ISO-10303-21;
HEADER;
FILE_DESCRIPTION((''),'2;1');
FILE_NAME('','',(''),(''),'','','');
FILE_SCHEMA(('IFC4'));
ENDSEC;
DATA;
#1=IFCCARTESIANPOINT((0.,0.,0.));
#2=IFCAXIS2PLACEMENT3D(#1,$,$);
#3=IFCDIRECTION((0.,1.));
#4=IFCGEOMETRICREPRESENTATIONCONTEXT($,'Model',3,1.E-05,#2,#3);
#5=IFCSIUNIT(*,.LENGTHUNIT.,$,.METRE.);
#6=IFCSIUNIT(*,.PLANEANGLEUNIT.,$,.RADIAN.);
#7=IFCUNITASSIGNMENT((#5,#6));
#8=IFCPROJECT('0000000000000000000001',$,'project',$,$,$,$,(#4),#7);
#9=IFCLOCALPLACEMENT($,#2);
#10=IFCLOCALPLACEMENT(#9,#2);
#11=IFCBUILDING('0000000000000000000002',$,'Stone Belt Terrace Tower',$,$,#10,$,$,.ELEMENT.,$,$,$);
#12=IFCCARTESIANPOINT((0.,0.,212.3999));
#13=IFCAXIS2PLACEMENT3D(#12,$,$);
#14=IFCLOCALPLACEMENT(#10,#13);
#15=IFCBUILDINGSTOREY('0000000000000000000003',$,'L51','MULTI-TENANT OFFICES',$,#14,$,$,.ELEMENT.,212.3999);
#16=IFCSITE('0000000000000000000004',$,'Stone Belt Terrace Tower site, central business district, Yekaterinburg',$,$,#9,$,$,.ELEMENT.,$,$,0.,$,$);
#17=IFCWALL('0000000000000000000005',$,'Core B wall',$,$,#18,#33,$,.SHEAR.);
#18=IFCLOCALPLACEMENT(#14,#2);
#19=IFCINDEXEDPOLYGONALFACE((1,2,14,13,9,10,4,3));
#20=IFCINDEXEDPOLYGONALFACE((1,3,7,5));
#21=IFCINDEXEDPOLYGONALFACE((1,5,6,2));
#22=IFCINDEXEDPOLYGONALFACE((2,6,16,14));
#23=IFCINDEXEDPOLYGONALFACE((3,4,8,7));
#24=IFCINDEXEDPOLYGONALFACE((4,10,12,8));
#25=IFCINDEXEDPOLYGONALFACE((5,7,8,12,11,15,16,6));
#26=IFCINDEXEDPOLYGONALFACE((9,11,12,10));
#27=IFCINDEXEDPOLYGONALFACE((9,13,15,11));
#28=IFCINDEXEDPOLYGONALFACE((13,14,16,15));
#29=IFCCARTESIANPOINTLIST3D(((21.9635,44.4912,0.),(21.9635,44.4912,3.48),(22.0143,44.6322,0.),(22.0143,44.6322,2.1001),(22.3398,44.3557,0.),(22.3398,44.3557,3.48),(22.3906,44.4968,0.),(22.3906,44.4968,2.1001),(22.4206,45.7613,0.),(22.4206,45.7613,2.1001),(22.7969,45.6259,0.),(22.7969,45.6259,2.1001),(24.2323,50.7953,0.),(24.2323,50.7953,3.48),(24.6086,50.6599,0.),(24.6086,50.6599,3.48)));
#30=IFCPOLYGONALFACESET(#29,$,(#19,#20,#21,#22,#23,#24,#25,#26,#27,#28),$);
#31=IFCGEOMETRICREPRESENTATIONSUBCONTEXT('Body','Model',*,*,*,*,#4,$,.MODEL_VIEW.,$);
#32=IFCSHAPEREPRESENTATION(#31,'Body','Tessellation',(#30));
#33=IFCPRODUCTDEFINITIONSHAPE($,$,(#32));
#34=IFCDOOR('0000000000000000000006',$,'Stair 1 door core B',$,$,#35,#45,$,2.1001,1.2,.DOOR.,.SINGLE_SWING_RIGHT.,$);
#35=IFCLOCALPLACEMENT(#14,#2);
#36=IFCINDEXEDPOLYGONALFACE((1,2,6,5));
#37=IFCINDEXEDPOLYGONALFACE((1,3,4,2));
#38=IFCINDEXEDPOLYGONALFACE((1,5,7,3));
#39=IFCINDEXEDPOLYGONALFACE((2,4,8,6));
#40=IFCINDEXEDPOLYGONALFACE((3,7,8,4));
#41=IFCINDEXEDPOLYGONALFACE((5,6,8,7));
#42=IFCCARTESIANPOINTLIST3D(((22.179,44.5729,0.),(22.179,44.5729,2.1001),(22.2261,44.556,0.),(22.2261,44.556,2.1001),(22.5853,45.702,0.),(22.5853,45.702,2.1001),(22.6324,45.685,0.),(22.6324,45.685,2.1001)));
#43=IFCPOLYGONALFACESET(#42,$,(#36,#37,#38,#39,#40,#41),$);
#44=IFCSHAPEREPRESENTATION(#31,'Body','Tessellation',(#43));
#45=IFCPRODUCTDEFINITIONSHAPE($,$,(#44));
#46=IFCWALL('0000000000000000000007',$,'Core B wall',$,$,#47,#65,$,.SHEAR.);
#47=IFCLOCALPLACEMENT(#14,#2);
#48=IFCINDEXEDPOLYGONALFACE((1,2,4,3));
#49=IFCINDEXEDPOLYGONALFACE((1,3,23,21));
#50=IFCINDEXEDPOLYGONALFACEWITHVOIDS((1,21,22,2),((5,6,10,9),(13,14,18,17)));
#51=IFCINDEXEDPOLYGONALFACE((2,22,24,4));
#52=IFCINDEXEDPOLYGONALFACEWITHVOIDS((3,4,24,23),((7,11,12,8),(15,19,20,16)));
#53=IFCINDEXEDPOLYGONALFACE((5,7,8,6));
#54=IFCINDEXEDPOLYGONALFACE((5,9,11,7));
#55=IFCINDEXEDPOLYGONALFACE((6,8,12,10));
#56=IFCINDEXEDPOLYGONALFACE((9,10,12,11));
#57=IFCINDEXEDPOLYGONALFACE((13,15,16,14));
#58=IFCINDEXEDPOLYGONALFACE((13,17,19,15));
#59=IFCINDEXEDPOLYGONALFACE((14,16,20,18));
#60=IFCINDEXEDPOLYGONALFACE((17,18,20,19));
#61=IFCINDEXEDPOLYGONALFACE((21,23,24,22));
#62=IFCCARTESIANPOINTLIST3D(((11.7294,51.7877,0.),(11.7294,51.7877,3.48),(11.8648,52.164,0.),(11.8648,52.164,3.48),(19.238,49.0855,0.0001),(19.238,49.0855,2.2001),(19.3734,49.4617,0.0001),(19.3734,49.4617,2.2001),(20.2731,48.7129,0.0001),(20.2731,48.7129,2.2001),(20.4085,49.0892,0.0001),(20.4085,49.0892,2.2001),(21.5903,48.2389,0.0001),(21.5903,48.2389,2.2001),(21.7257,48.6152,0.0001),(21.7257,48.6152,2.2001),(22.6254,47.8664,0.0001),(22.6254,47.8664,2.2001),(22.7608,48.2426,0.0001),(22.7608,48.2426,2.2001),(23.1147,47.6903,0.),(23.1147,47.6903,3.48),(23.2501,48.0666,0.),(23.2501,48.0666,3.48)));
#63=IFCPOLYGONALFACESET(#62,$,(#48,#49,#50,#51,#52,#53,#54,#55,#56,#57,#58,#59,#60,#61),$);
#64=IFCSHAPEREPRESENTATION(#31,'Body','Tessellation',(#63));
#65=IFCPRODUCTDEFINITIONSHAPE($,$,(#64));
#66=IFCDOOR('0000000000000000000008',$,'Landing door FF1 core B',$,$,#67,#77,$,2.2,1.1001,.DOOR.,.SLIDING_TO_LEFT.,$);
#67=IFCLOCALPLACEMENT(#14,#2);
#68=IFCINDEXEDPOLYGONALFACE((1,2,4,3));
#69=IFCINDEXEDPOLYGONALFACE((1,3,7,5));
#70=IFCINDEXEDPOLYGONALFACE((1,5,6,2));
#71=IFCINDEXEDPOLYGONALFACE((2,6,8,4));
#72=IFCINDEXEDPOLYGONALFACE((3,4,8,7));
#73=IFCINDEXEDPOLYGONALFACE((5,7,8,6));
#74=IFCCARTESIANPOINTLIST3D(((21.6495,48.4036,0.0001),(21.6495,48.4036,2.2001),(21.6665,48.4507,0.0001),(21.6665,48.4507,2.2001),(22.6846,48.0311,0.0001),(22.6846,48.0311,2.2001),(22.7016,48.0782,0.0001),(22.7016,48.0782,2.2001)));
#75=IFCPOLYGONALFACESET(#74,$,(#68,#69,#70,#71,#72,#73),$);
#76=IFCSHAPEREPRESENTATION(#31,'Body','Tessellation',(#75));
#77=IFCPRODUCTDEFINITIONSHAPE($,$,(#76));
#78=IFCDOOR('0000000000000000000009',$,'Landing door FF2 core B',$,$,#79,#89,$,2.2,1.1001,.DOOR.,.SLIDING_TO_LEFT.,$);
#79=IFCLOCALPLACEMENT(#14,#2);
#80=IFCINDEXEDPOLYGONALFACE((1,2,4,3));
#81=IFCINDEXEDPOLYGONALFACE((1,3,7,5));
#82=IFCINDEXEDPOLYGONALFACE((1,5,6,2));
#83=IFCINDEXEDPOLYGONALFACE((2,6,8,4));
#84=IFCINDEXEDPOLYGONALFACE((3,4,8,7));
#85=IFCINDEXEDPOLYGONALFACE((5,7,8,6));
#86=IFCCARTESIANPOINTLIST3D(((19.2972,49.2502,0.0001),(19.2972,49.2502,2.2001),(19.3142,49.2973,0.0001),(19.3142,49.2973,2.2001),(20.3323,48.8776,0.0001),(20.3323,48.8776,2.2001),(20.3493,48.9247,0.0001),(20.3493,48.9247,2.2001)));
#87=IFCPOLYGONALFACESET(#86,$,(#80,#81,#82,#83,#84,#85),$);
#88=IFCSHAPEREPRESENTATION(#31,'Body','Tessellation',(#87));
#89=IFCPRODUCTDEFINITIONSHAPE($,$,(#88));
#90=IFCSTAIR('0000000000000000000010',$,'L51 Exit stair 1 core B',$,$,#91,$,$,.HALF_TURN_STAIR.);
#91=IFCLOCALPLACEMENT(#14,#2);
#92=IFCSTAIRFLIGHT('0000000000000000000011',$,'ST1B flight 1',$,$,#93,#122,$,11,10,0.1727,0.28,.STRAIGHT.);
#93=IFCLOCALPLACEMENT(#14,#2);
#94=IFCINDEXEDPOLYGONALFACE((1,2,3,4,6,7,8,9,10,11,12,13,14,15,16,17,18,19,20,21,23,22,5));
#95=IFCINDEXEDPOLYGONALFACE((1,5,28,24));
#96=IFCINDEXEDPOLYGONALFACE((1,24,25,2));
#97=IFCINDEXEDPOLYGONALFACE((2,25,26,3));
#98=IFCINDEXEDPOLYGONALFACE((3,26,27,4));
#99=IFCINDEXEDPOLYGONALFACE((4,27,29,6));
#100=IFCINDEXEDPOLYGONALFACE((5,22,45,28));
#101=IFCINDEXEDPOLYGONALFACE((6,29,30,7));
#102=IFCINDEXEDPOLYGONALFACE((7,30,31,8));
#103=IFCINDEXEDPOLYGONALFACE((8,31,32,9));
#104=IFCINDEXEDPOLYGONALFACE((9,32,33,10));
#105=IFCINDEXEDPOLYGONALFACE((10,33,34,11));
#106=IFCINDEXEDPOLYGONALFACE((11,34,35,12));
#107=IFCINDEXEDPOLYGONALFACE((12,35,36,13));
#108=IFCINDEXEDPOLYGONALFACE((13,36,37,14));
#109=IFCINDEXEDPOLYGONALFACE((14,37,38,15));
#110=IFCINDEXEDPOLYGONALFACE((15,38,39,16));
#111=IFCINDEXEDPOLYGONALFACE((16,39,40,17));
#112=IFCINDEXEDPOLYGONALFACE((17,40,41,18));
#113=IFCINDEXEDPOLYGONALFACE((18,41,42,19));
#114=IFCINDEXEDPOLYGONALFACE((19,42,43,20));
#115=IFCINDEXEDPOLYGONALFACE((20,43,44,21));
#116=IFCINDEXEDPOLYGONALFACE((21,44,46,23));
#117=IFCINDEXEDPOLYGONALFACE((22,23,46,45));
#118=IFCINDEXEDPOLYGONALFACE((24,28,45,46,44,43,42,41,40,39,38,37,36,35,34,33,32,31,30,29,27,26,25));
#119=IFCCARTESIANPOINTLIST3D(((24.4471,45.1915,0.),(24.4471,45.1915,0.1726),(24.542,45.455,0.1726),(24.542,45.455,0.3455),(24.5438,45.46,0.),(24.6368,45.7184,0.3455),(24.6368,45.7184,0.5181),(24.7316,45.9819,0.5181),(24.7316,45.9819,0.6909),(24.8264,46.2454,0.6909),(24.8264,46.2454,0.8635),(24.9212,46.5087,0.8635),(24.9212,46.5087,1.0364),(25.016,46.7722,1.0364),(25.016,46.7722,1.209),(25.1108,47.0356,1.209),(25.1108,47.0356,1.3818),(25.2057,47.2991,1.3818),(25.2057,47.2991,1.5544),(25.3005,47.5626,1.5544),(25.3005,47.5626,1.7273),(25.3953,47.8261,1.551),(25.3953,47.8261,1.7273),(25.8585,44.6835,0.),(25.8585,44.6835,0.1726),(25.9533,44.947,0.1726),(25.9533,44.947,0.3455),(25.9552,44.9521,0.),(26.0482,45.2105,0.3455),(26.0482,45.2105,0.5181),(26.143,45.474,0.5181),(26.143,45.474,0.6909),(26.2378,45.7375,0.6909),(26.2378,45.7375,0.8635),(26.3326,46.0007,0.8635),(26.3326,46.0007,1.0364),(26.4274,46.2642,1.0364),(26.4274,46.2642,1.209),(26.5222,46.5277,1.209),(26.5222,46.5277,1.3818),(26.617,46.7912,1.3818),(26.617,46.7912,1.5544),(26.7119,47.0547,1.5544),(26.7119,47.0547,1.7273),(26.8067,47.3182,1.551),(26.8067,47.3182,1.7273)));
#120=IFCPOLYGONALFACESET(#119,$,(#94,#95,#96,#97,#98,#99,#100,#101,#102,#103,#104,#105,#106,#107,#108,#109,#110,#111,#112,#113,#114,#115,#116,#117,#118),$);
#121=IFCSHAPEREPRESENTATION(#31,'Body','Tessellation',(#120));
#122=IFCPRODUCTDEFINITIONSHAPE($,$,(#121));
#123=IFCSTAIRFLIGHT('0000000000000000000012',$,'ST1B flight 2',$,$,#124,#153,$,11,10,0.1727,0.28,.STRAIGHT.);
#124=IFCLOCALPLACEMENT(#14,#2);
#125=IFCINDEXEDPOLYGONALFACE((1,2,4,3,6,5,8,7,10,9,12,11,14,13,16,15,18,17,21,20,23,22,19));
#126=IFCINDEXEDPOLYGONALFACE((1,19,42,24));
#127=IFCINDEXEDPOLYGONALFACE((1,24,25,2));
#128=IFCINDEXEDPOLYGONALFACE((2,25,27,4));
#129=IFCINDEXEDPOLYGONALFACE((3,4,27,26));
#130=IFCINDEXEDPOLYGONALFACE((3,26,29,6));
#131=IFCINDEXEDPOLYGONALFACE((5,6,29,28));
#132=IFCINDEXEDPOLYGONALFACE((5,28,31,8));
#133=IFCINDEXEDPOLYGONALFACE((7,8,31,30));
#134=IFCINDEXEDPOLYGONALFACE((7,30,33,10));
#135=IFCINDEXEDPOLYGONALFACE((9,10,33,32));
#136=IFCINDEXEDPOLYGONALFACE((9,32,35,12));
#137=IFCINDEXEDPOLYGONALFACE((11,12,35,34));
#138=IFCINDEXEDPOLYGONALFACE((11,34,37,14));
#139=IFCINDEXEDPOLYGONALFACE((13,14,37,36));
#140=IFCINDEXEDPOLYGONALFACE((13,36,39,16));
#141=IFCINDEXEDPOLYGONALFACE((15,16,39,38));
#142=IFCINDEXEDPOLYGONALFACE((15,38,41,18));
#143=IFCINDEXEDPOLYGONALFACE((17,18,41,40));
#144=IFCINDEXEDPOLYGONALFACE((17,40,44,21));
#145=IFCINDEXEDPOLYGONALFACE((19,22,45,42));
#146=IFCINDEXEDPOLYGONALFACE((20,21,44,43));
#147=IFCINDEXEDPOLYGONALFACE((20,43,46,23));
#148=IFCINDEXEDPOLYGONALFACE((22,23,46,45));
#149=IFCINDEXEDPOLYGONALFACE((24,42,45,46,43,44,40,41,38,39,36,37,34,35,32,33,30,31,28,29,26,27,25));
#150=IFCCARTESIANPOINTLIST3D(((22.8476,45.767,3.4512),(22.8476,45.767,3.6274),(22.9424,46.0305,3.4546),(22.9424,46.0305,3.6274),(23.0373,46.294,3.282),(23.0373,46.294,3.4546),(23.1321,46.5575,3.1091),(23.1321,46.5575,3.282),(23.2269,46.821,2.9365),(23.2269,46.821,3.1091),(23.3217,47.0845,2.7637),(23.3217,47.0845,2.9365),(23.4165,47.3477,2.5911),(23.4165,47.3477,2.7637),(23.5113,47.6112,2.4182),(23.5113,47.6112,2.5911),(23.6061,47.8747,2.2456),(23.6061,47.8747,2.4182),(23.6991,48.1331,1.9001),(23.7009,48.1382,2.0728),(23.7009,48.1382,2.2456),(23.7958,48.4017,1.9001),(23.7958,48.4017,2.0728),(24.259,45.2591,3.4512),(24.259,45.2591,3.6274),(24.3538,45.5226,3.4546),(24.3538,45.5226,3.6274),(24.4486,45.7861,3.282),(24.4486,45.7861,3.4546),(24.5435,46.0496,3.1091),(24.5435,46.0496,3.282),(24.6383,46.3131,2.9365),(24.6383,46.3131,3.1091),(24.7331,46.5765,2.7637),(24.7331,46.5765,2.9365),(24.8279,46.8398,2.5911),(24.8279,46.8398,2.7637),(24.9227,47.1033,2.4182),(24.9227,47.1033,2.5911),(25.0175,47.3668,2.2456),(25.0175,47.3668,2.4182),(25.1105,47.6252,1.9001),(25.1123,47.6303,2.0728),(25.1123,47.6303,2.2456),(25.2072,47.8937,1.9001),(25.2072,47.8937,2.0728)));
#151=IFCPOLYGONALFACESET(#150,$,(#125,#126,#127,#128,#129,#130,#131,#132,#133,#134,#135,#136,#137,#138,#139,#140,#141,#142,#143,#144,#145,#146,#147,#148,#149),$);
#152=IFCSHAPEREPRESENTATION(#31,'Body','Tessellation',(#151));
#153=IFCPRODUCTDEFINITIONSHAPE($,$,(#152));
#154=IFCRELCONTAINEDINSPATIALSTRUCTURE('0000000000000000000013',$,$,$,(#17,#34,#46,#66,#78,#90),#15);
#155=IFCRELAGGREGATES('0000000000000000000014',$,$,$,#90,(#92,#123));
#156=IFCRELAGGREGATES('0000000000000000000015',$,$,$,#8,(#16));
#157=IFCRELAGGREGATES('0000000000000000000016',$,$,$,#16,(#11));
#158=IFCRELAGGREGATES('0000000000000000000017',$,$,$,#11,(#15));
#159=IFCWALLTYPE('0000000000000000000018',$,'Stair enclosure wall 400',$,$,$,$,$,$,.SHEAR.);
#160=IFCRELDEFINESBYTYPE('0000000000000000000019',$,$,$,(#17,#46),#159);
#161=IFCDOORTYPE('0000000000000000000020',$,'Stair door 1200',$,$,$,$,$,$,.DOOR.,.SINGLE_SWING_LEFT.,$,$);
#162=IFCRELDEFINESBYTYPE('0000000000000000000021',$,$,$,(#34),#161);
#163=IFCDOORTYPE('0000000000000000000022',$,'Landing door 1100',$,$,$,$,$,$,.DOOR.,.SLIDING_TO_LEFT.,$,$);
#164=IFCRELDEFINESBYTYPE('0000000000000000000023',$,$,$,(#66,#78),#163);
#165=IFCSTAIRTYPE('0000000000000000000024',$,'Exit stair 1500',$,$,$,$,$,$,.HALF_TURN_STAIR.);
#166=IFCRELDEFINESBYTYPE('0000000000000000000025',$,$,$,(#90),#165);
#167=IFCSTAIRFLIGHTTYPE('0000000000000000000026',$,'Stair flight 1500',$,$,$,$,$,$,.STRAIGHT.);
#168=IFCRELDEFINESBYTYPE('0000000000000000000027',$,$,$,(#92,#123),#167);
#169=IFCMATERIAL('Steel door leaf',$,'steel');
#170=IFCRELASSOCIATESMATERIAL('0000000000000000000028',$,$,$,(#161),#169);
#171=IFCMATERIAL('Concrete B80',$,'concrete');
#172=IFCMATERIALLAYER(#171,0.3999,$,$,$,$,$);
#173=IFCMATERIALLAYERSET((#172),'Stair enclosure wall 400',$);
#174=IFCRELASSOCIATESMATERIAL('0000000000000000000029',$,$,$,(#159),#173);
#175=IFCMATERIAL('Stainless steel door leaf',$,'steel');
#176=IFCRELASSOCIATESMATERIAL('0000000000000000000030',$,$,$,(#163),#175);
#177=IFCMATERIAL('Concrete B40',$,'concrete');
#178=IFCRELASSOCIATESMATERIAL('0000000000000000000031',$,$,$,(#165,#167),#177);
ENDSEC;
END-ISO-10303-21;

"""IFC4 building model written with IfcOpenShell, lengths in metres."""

from ifc_helpers import new_model, si_unit, direction, frame, frame_2d, origin, place, context, subcontext, project, spatial, polyline, rectangle, outline, extrude, material, layer, layer_set, type_object, element, fill, aggregate, save


model = new_model("IFC4")

# Units and contexts
model_context = context("Model", 3, precision=1e-05, world=origin(), true_north=direction((0.0, 1.0)))
body_context = subcontext(model_context, "Body", "Model", "MODEL_VIEW")
ifc_project = project(units=[si_unit("LENGTHUNIT", "METRE"), si_unit("PLANEANGLEUNIT", "RADIAN")], contexts=[model_context])

# Site, building, storey
site_placement = place(None, origin())
site = spatial("IfcSite", under=ifc_project, at=site_placement, Name="Stone Belt Terrace Tower site, central business district, Yekaterinburg", CompositionType="ELEMENT", RefElevation=0.0)
building_placement = place(site_placement, origin())
building = spatial("IfcBuilding", under=site, at=building_placement, Name="Stone Belt Terrace Tower", CompositionType="ELEMENT")
storey_placement = place(building_placement, frame((0.0, 0.0, 212.3999)))
storey = spatial("IfcBuildingStorey", under=building, at=storey_placement, Name="L51", Description="MULTI-TENANT OFFICES", CompositionType="ELEMENT", Elevation=212.3999)

# Wall, opening, door
ifc_material_1 = material(Name="Steel door leaf", Category="steel")
door_type_1 = type_object("IfcDoorType", Name="Stair door 1200", OperationType="SINGLE_SWING_LEFT", PredefinedType="DOOR", material=ifc_material_1)
ifc_material_2 = material(Name="Concrete B80", Category="concrete")
ifc_layer_1 = layer(ifc_material_2, 0.3999)
ifc_layer_set_1 = layer_set([ifc_layer_1], Name="Stair enclosure wall 400")
wall_type_1 = type_object("IfcWallType", Name="Stair enclosure wall 400", PredefinedType="SHEAR", material=ifc_layer_set_1)
wall_1_placement = place(storey_placement, frame((22.1516, 44.4233, 0.0), z_axis=(0.0, 0.0, 1.0), x_axis=(0.338625, 0.940921, 0.0)))
wall_1 = element("IfcWall", 1, at=wall_1_placement, inside=storey, type_object=wall_type_1, Name="Core B wall", PredefinedType="SHEAR", context=body_context, shape_type="SweptSolid", body=[
    extrude(rectangle(XDim=6.7, YDim=0.3999, at=frame_2d((3.3501, 0.0))), origin(), (0.0, 0.0, 1.0), 3.48),
])
opening_1_placement = place(wall_1_placement, frame((0.1499, 0.0, 0.0)))
opening_1 = element("IfcOpeningElement", 2, at=opening_1_placement, cuts=wall_1, PredefinedType="OPENING", context=body_context, shape_type="SweptSolid", body=[
    extrude(rectangle(XDim=1.2, YDim=2.1001, at=frame_2d((0.6001, 1.05))), frame((0.0, 0.21, 0.0), z_axis=(0.0, -1.0, 0.0), x_axis=(1.0, 0.0, 0.0)), (0.0, 0.0, 1.0), 0.4199),
])
door_1_placement = place(opening_1_placement, origin())
door_1 = element("IfcDoor", 3, at=door_1_placement, inside=storey, type_object=door_type_1, Name="Stair 1 door core B", OperationType="SINGLE_SWING_RIGHT", OverallHeight=2.1001, OverallWidth=1.2, PredefinedType="DOOR", context=body_context, shape_type="SweptSolid", body=[
    extrude(rectangle(XDim=1.2, YDim=2.1001, at=frame_2d((0.6001, 1.05))), frame((0.0, 0.0249, 0.0), z_axis=(0.0, -1.0, 0.0), x_axis=(1.0, 0.0, 0.0)), (0.0, 0.0, 1.0), 0.05),
])
fill(opening_1, door_1)

# Wall, openings, doors
wall_2_placement = place(storey_placement, frame((23.1824, 47.8784, 0.0), z_axis=(0.0, 0.0, 1.0), x_axis=(-0.940921, 0.338626, 0.0)))
wall_2 = element("IfcWall", 4, at=wall_2_placement, inside=storey, type_object=wall_type_1, Name="Core B wall", PredefinedType="SHEAR", context=body_context, shape_type="SweptSolid", body=[
    extrude(rectangle(XDim=12.1001, YDim=0.3999, at=frame_2d((6.05, 0.0))), origin(), (0.0, 0.0, 1.0), 3.48),
])
opening_2_placement = place(wall_2_placement, frame((0.52, 0.0, 0.0)))
opening_2 = element("IfcOpeningElement", 5, at=opening_2_placement, cuts=wall_2, PredefinedType="OPENING", context=body_context, shape_type="SweptSolid", body=[
    extrude(rectangle(XDim=1.1001, YDim=2.2, at=frame_2d((0.55, 1.1001))), frame((0.0, 0.21, 0.0), z_axis=(0.0, -1.0, 0.0), x_axis=(1.0, 0.0, 0.0)), (0.0, 0.0, 1.0), 0.4199),
])
opening_3_placement = place(wall_2_placement, frame((3.02, 0.0, 0.0)))
opening_3 = element("IfcOpeningElement", 6, at=opening_3_placement, cuts=wall_2, PredefinedType="OPENING", context=body_context, shape_type="SweptSolid", body=[
    extrude(rectangle(XDim=1.1001, YDim=2.2, at=frame_2d((0.55, 1.1001))), frame((0.0, 0.21, 0.0), z_axis=(0.0, -1.0, 0.0), x_axis=(1.0, 0.0, 0.0)), (0.0, 0.0, 1.0), 0.4199),
])
ifc_material_3 = material(Name="Stainless steel door leaf", Category="steel")
door_type_2 = type_object("IfcDoorType", Name="Landing door 1100", OperationType="SLIDING_TO_LEFT", PredefinedType="DOOR", material=ifc_material_3)
door_2_placement = place(opening_2_placement, origin())
door_2 = element("IfcDoor", 7, at=door_2_placement, inside=storey, type_object=door_type_2, Name="Landing door FF1 core B", OperationType="SLIDING_TO_LEFT", OverallHeight=2.2, OverallWidth=1.1001, PredefinedType="DOOR", context=body_context, shape_type="SweptSolid", body=[
    extrude(rectangle(XDim=1.1001, YDim=2.2, at=frame_2d((0.55, 1.1001))), frame((0.0, 0.0249, 0.0), z_axis=(0.0, -1.0, 0.0), x_axis=(1.0, 0.0, 0.0)), (0.0, 0.0, 1.0), 0.05),
])
fill(opening_2, door_2)
door_3_placement = place(opening_3_placement, origin())
door_3 = element("IfcDoor", 8, at=door_3_placement, inside=storey, type_object=door_type_2, Name="Landing door FF2 core B", OperationType="SLIDING_TO_LEFT", OverallHeight=2.2, OverallWidth=1.1001, PredefinedType="DOOR", context=body_context, shape_type="SweptSolid", body=[
    extrude(rectangle(XDim=1.1001, YDim=2.2, at=frame_2d((0.55, 1.1001))), frame((0.0, 0.0249, 0.0), z_axis=(0.0, -1.0, 0.0), x_axis=(1.0, 0.0, 0.0)), (0.0, 0.0, 1.0), 0.05),
])
fill(opening_3, door_3)

# Stair, stair flights
ifc_material_4 = material(Name="Concrete B40", Category="concrete")
stair_type = type_object("IfcStairType", Name="Exit stair 1500", PredefinedType="HALF_TURN_STAIR", material=ifc_material_4)
stair_placement = place(storey_placement, origin())
stair = element("IfcStair", 9, at=stair_placement, inside=storey, type_object=stair_type, Name="L51 Exit stair 1 core B", PredefinedType="HALF_TURN_STAIR")
stair_flight_type = type_object("IfcStairFlightType", Name="Stair flight 1500", PredefinedType="STRAIGHT", material=ifc_material_4)
stair_flight_1_placement = place(storey_placement, frame((25.1528, 44.9375, 0.0), z_axis=(0.0, 0.0, 1.0), x_axis=(0.338624, 0.940922, 0.0)))
stair_flight_1 = element("IfcStairFlight", 10, at=stair_flight_1_placement, type_object=stair_flight_type, Name="ST1B flight 1", NumberOfRisers=11, NumberOfTreads=10, PredefinedType="STRAIGHT", RiserHeight=0.1727, TreadLength=0.28, context=body_context, shape_type="SweptSolid", body=[
    extrude(outline(polyline([(0.0, 0.0), (0.0, 0.1726), (0.28, 0.1726), (0.28, 0.3455), (0.5601, 0.3455), (0.5601, 0.5181), (0.8401, 0.5181), (0.8401, 0.6909), (1.1201, 0.6909), (1.1201, 0.8635), (1.3999, 0.8635), (1.3999, 1.0364), (1.6799, 1.0364), (1.6799, 1.209), (1.96, 1.209), (1.96, 1.3818), (2.24, 1.3818), (2.24, 1.5544), (2.52, 1.5544), (2.52, 1.7273), (2.8, 1.7273), (2.8, 1.8999), (2.8, 1.551), (0.2854, 0.0), (0.0, 0.0)])), frame((0.0, 0.75, 0.0), z_axis=(0.0, -1.0, 0.0), x_axis=(1.0, 0.0, 0.0)), (0.0, 0.0, 1.0), 1.5),
])
stair_flight_2_placement = place(storey_placement, frame((24.5015, 48.1477, 1.9001), z_axis=(0.0, 0.0, 1.0), x_axis=(-0.338624, -0.940922, 0.0)))
stair_flight_2 = element("IfcStairFlight", 11, at=stair_flight_2_placement, type_object=stair_flight_type, Name="ST1B flight 2", NumberOfRisers=11, NumberOfTreads=10, PredefinedType="STRAIGHT", RiserHeight=0.1727, TreadLength=0.28, context=body_context, shape_type="SweptSolid", body=[
    extrude(outline(polyline([(0.0, 0.0), (0.0, 0.1726), (0.28, 0.1726), (0.28, 0.3455), (0.5601, 0.3455), (0.5601, 0.5181), (0.8401, 0.5181), (0.8401, 0.6909), (1.1201, 0.6909), (1.1201, 0.8635), (1.3999, 0.8635), (1.3999, 1.0364), (1.6799, 1.0364), (1.6799, 1.209), (1.96, 1.209), (1.96, 1.3818), (2.24, 1.3818), (2.24, 1.5544), (2.52, 1.5544), (2.52, 1.7273), (2.8, 1.7273), (2.8, 1.8999), (2.8, 1.551), (0.2854, 0.0), (0.0, 0.0)])), frame((0.0, 0.75, 0.0), z_axis=(0.0, -1.0, 0.0), x_axis=(1.0, 0.0, 0.0)), (0.0, 0.0, 1.0), 1.5),
])
aggregate(stair, [stair_flight_1, stair_flight_2])

save(model, "model.ifc")
